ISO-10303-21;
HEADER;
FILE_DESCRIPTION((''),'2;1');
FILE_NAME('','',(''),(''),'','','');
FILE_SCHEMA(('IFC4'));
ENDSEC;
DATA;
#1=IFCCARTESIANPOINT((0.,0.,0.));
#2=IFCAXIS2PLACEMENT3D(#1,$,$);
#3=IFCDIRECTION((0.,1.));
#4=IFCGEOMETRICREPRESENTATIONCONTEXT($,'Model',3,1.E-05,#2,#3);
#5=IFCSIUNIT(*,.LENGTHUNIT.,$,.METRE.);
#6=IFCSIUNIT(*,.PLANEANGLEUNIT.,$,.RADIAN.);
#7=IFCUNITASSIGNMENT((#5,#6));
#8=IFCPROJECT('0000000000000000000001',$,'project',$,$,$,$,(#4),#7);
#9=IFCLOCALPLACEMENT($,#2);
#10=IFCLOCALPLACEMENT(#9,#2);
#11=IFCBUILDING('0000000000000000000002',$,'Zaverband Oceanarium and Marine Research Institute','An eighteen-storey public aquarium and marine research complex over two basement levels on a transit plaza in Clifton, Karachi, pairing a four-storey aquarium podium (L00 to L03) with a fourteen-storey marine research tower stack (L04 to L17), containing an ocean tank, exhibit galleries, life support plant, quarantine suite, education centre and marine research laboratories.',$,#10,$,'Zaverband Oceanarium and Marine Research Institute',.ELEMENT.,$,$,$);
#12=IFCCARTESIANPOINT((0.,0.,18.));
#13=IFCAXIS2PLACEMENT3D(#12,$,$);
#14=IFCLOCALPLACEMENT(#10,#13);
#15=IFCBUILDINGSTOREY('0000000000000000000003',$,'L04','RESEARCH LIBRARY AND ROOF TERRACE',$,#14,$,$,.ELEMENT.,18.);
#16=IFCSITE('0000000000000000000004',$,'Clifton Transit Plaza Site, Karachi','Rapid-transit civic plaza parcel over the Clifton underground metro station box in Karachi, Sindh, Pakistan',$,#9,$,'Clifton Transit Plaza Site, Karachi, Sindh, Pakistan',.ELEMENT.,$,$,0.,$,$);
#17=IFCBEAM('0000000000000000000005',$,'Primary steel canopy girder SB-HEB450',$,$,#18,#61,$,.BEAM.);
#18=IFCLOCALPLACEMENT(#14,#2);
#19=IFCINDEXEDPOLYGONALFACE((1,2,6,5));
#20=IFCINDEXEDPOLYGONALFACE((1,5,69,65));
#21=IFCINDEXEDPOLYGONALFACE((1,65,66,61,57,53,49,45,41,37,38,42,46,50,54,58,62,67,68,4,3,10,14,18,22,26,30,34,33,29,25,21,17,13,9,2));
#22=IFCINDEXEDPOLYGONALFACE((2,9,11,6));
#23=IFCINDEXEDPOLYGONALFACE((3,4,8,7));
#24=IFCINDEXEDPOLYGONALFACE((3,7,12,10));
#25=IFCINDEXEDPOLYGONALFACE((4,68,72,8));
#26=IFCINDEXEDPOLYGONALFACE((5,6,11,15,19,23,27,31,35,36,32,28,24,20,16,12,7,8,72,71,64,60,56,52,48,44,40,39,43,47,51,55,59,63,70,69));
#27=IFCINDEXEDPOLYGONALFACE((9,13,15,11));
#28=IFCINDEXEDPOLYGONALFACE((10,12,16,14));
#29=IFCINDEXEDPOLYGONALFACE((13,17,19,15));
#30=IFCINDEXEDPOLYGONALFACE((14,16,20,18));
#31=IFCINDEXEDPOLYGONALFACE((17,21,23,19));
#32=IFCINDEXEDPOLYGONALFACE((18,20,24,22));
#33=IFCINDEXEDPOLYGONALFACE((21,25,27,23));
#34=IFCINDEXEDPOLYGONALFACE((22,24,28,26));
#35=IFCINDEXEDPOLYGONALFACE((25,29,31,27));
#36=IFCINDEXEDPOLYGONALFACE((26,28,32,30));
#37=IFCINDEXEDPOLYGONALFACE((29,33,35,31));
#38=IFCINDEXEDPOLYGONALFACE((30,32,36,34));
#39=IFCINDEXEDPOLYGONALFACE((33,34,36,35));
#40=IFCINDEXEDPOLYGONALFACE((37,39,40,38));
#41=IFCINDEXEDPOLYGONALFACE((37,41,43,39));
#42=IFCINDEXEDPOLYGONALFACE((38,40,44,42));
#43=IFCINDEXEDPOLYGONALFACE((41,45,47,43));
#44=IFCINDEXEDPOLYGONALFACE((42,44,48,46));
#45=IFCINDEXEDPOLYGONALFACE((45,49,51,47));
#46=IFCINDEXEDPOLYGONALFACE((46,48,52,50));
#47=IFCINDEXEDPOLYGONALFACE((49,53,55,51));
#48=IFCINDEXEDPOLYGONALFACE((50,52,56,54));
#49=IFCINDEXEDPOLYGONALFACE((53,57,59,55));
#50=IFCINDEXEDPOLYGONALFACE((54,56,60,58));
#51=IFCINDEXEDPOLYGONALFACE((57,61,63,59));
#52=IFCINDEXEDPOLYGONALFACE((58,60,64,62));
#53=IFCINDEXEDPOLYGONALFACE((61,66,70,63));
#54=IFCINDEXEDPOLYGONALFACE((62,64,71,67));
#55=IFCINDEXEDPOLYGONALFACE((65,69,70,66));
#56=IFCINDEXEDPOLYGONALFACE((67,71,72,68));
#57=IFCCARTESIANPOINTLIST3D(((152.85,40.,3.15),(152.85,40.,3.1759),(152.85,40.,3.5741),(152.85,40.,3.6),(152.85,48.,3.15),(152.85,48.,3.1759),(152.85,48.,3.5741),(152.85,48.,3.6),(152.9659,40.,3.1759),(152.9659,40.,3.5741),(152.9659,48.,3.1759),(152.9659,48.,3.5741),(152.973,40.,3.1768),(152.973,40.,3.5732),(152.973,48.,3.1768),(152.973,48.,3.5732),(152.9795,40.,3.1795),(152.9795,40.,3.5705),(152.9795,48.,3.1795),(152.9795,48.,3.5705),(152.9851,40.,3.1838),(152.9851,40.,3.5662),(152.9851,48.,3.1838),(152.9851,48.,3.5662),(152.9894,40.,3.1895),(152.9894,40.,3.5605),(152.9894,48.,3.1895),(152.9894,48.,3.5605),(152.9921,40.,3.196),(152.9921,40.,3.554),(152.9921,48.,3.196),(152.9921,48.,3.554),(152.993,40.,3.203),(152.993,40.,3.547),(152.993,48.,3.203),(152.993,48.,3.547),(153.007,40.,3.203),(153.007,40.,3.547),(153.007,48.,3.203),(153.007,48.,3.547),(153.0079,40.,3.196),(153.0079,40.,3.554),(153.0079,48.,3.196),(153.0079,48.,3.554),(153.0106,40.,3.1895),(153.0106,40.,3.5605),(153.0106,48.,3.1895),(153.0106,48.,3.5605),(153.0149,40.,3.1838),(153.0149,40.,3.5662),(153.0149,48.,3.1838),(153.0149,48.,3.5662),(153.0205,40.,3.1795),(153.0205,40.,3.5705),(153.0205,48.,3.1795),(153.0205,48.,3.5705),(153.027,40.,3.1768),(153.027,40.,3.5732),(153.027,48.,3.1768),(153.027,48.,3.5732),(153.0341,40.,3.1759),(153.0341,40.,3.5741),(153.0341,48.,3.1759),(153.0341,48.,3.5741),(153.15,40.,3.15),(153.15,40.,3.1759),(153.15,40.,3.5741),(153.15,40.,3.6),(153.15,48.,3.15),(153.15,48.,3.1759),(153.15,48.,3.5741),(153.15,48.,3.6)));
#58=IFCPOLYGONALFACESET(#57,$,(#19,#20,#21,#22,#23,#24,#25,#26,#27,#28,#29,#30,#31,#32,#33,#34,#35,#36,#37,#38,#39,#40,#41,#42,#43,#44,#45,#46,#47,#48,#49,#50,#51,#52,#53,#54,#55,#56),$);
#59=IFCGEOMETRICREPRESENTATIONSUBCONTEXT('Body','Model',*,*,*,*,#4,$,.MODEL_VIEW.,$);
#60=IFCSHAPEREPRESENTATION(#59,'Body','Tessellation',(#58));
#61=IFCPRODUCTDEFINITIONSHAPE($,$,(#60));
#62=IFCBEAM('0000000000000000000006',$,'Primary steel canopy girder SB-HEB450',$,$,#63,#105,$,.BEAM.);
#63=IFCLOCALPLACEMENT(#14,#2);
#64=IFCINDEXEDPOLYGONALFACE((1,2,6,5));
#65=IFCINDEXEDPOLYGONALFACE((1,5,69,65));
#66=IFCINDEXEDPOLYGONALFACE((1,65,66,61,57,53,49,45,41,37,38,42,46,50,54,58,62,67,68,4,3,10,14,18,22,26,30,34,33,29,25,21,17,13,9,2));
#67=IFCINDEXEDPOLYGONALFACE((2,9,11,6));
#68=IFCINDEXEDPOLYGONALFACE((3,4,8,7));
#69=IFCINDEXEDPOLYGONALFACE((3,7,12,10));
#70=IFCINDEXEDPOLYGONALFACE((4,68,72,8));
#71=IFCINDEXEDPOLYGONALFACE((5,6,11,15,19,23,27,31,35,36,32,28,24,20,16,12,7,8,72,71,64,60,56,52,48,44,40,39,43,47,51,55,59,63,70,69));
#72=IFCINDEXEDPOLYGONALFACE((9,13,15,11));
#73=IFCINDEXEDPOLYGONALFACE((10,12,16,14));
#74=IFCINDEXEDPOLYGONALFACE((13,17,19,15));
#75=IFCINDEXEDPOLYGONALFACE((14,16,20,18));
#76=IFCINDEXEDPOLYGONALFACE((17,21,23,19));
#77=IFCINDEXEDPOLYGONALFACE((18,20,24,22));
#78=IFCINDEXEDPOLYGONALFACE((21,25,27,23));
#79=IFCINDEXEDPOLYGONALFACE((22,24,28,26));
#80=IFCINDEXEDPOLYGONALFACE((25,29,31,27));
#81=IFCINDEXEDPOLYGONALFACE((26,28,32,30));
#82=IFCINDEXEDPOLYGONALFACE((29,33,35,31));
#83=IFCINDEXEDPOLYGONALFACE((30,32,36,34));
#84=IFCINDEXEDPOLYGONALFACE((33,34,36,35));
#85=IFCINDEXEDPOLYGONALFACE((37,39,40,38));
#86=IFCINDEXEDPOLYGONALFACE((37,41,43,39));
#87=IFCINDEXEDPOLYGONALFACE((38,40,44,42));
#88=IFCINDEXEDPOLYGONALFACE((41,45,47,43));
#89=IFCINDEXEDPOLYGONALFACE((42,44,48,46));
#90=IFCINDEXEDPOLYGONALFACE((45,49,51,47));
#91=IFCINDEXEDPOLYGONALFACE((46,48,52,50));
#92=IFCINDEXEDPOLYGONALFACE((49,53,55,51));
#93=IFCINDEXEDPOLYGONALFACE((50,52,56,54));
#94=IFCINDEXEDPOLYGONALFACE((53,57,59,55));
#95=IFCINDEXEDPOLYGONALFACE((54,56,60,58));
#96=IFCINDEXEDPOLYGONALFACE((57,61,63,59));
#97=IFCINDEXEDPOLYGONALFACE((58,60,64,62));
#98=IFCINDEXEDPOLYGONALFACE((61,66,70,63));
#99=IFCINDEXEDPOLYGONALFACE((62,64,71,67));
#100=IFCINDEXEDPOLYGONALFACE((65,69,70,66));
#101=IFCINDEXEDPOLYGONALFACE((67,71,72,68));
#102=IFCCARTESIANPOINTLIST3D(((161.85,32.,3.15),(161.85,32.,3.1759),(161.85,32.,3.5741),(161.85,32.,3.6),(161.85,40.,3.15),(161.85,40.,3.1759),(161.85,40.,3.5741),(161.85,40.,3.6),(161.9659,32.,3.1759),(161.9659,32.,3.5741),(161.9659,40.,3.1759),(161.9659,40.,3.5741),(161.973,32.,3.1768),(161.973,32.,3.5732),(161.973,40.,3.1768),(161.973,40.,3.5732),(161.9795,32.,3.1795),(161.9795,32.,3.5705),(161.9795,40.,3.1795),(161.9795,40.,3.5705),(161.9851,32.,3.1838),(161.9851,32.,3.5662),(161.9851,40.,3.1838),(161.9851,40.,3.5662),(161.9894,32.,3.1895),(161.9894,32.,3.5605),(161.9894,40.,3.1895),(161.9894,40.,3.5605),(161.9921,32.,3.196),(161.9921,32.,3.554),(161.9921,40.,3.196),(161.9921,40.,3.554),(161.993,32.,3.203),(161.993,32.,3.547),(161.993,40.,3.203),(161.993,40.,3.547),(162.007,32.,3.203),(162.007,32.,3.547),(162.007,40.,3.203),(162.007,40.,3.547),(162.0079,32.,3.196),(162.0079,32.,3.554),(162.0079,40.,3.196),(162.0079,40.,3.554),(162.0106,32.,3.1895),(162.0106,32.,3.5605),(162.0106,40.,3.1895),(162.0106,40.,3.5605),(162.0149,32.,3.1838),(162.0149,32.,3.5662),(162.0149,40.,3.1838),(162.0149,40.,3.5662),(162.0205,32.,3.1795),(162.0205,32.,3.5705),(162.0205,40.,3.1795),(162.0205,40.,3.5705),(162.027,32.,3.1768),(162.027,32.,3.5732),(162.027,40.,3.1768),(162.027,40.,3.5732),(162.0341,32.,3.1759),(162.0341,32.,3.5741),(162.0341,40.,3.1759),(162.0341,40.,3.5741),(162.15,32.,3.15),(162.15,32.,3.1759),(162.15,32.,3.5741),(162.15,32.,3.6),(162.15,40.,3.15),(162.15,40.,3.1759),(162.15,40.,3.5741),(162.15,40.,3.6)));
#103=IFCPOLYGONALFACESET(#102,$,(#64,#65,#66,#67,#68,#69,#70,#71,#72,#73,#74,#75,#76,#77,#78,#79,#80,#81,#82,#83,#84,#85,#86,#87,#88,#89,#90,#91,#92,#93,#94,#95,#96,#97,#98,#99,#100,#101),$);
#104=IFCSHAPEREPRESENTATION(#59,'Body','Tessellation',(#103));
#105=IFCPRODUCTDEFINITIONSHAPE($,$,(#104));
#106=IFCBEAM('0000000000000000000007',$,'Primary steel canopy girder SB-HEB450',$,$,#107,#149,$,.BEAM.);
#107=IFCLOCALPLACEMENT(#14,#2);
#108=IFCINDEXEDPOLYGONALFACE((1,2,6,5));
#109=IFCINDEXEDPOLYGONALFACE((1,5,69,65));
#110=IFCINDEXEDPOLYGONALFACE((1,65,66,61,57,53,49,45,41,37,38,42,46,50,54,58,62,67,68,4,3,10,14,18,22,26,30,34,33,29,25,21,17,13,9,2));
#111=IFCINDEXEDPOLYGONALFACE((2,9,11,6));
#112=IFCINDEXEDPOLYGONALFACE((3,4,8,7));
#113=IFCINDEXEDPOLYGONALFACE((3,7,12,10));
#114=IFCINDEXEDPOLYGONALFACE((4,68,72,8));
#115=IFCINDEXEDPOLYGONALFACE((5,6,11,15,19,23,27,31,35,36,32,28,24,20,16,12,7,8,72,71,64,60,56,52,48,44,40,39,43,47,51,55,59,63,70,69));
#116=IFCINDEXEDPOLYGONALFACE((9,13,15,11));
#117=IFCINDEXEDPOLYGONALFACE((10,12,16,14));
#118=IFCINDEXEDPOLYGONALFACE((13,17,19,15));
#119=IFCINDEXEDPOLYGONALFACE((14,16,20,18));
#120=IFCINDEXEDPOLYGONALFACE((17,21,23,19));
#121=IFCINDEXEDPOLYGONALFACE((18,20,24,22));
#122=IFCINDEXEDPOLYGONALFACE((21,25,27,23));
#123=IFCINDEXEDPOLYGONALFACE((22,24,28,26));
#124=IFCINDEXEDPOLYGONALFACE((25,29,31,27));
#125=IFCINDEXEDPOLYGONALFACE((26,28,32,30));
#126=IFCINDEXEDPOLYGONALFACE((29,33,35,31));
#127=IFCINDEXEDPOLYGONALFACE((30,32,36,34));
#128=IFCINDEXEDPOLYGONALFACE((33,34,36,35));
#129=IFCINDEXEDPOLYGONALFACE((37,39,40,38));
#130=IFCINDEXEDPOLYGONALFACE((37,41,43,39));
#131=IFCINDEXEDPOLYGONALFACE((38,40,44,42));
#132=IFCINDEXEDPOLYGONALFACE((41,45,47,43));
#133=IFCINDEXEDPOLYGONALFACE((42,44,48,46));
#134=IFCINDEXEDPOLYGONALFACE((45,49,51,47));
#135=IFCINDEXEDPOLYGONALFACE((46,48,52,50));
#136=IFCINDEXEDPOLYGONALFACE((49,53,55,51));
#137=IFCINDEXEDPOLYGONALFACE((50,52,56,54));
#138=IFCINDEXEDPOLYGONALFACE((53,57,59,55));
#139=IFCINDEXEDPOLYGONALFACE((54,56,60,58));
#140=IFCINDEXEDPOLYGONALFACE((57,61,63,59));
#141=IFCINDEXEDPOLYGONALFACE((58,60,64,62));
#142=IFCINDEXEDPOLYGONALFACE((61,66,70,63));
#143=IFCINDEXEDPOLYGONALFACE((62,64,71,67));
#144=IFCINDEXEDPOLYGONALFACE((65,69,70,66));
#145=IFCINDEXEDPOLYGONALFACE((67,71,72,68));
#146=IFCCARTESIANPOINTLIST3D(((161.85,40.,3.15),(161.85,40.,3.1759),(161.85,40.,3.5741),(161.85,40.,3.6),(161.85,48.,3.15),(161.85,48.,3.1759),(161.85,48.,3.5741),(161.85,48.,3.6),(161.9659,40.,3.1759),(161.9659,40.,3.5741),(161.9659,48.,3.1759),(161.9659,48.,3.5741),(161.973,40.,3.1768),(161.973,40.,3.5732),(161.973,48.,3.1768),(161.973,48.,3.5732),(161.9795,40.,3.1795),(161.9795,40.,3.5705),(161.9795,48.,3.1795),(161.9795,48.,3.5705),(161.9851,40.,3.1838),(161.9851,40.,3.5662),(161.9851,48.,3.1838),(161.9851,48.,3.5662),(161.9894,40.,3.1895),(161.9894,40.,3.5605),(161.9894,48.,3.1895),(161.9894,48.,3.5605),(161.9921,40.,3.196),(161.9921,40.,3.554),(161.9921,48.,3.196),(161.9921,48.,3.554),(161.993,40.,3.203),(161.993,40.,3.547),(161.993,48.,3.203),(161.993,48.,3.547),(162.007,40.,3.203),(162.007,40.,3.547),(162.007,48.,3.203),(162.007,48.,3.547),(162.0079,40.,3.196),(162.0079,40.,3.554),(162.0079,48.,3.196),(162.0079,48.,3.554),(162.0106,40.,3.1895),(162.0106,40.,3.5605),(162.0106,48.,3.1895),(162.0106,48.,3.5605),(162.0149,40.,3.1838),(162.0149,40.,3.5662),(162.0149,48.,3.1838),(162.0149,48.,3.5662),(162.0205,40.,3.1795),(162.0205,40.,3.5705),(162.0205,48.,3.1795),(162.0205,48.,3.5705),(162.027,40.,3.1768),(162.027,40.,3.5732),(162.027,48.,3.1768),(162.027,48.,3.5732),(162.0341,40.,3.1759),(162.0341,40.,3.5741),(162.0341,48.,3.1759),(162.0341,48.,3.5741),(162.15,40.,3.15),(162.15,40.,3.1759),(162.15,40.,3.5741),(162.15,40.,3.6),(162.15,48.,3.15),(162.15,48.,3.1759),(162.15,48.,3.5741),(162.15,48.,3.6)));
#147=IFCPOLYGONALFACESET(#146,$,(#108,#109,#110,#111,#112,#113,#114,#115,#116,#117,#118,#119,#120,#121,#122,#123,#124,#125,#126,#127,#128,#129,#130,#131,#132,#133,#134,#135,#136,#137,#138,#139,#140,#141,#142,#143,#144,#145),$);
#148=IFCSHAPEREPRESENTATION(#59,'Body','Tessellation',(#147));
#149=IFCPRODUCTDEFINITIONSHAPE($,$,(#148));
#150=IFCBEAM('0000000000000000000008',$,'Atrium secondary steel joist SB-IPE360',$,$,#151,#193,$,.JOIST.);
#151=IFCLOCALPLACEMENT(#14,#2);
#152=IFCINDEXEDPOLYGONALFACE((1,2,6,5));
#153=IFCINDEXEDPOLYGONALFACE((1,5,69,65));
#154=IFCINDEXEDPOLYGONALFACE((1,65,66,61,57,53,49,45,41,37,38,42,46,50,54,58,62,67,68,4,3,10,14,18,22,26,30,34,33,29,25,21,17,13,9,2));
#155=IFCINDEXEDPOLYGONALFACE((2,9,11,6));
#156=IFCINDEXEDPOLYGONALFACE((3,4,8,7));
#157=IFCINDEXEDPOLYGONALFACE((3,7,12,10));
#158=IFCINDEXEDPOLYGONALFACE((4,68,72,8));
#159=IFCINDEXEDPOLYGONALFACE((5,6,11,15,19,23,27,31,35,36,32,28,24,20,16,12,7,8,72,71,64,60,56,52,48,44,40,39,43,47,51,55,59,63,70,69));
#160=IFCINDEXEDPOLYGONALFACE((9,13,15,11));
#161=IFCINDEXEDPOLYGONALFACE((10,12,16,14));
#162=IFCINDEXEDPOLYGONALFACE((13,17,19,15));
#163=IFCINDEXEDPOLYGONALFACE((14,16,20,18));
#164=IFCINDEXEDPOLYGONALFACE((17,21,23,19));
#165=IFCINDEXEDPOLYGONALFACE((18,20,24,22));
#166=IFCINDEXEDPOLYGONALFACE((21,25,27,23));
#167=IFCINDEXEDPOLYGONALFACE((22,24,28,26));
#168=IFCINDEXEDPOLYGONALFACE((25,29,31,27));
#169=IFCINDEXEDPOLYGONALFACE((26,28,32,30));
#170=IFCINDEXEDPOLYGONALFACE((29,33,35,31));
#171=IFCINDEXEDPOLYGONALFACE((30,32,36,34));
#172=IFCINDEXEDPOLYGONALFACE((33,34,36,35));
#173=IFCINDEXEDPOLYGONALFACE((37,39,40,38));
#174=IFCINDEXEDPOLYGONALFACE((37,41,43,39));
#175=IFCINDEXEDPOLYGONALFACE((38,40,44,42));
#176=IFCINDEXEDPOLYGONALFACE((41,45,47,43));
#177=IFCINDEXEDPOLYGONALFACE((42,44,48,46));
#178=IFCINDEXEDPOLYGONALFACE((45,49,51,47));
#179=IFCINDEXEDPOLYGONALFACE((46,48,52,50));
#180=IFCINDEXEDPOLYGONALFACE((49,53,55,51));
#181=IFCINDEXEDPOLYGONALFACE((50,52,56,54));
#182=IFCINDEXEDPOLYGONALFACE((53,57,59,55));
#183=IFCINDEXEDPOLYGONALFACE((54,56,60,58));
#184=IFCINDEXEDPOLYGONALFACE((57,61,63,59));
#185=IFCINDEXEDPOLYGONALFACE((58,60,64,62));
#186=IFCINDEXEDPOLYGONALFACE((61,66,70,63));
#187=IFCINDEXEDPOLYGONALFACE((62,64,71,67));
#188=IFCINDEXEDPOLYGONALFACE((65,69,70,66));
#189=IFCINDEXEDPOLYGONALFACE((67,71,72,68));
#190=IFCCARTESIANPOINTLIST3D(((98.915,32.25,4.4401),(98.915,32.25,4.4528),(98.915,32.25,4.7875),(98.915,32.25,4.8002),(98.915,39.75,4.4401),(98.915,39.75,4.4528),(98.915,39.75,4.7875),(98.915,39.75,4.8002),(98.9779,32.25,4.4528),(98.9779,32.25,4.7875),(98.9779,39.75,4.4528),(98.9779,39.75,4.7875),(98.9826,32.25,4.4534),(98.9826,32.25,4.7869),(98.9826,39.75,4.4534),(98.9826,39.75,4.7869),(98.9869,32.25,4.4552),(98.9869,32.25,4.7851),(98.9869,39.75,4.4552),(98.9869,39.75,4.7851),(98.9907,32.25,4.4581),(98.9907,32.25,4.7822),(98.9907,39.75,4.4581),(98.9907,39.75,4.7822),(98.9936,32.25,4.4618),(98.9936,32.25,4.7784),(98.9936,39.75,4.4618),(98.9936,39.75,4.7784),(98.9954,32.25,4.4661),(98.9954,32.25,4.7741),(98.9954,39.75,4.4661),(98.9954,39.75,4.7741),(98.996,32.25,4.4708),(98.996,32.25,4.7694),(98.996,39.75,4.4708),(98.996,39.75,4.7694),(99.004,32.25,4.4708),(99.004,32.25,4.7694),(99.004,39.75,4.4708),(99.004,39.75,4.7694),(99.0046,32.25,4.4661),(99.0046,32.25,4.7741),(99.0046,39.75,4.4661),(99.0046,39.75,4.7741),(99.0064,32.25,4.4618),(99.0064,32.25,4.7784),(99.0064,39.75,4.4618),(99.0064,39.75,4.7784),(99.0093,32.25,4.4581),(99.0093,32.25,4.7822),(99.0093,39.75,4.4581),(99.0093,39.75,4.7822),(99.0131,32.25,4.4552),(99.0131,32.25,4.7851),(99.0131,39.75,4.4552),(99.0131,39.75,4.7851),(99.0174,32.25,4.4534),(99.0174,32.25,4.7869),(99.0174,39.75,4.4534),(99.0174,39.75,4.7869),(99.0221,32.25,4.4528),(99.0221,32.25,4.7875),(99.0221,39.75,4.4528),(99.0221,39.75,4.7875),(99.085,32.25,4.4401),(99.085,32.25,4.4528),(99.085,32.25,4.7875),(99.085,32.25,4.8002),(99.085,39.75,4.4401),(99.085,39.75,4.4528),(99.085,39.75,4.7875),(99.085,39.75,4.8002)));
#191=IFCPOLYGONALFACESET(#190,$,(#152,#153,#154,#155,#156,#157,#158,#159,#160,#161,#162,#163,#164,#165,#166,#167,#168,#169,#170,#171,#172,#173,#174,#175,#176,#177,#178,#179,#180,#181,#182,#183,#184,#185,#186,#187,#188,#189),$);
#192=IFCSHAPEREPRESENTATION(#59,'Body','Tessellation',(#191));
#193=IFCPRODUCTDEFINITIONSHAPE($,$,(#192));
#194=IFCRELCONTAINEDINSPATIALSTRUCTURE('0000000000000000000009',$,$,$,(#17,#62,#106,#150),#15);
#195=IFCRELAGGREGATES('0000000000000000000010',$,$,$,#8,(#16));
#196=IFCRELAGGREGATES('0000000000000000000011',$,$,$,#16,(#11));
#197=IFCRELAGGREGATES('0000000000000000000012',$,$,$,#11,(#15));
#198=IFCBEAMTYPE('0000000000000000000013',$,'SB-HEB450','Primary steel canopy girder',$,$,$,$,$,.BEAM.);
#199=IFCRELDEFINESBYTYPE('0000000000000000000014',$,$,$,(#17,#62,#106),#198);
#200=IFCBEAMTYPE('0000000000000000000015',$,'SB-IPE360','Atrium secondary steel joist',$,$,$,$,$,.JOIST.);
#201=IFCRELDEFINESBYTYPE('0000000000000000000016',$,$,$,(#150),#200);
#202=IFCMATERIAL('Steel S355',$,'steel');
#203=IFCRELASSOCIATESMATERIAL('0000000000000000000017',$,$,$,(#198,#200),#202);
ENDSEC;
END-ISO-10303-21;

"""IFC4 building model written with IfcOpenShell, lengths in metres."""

from ifc_helpers import new_model, si_unit, direction, frame, origin, origin_2d, place, context, subcontext, project, spatial, i_section, extrude, material, material_profile, profile_set, type_object, element, save


model = new_model("IFC4")

# Units and contexts
model_context = context("Model", 3, precision=1e-05, world=origin(), true_north=direction((0.0, 1.0)))
body_context = subcontext(model_context, "Body", "Model", "MODEL_VIEW")
ifc_project = project(units=[si_unit("LENGTHUNIT", "METRE"), si_unit("PLANEANGLEUNIT", "RADIAN")], contexts=[model_context])

# Site, building, storey
site_placement = place(None, origin())
site = spatial("IfcSite", under=ifc_project, at=site_placement, Name="Clifton Transit Plaza Site, Karachi", Description="Rapid-transit civic plaza parcel over the Clifton underground metro station box in Karachi, Sindh, Pakistan", LongName="Clifton Transit Plaza Site, Karachi, Sindh, Pakistan", CompositionType="ELEMENT", RefElevation=0.0)
building_placement = place(site_placement, origin())
building = spatial("IfcBuilding", under=site, at=building_placement, Name="Zaverband Oceanarium and Marine Research Institute", Description="An eighteen-storey public aquarium and marine research complex over two basement levels on a transit plaza in Clifton, Karachi, pairing a four-storey aquarium podium (L00 to L03) with a fourteen-storey marine research tower stack (L04 to L17), containing an ocean tank, exhibit galleries, life support plant, quarantine suite, education centre and marine research laboratories.", LongName="Zaverband Oceanarium and Marine Research Institute", CompositionType="ELEMENT")
storey_placement = place(building_placement, frame((0.0, 0.0, 18.0)))
storey = spatial("IfcBuildingStorey", under=building, at=storey_placement, Name="L04", Description="RESEARCH LIBRARY AND ROOF TERRACE", CompositionType="ELEMENT", Elevation=18.0)

# Beams
ifc_material_1 = material(Name="Steel S355", Category="steel")
ifc_material_profile_1 = material_profile(ifc_material_1, i_section(OverallWidth=0.3, OverallDepth=0.45, WebThickness=0.0139, FlangeThickness=0.0259, FilletRadius=0.0271, at=origin_2d()), Name="HEB450")
ifc_profile_set_1 = profile_set([ifc_material_profile_1], Name="Steel S355")
beam_type_1 = type_object("IfcBeamType", Name="SB-HEB450", Description="Primary steel canopy girder", PredefinedType="BEAM", material=ifc_profile_set_1)
for number, where, z_axis, x_axis, name in (
    (1, (153.0, 40.0, 3.375), (0.0, 1.0, 0.0), (-1.0, 0.0, 0.0), "Primary steel canopy girder SB-HEB450"),
    (2, (162.0, 32.0, 3.375), (0.0, 1.0, 0.0), (-1.0, 0.0, 0.0), "Primary steel canopy girder SB-HEB450"),
    (3, (162.0, 40.0, 3.375), (0.0, 1.0, 0.0), (-1.0, 0.0, 0.0), "Primary steel canopy girder SB-HEB450"),
):
    element("IfcBeam", number, at=place(storey_placement, frame(where, z_axis=z_axis, x_axis=x_axis)), inside=storey, type_object=beam_type_1, Name=name, PredefinedType="BEAM", context=body_context, shape_type="SweptSolid", body=[
        extrude(i_section(OverallWidth=0.3, OverallDepth=0.45, WebThickness=0.0139, FlangeThickness=0.0259, FilletRadius=0.0271, at=origin_2d()), origin(), (0.0, 0.0, 1.0), 8.0),
    ])
ifc_material_profile_2 = material_profile(ifc_material_1, i_section(OverallWidth=0.1699, OverallDepth=0.3601, WebThickness=0.0081, FlangeThickness=0.0127, FilletRadius=0.0181, at=origin_2d()), Name="IPE360")
ifc_profile_set_2 = profile_set([ifc_material_profile_2], Name="Steel S355")
beam_type_2 = type_object("IfcBeamType", Name="SB-IPE360", Description="Atrium secondary steel joist", PredefinedType="JOIST", material=ifc_profile_set_2)
beam_1_placement = place(storey_placement, frame((99.0, 32.25, 4.6201), z_axis=(0.0, 1.0, 0.0), x_axis=(-1.0, 0.0, 0.0)))
element("IfcBeam", 4, at=beam_1_placement, inside=storey, type_object=beam_type_2, Name="Atrium secondary steel joist SB-IPE360", PredefinedType="JOIST", context=body_context, shape_type="SweptSolid", body=[
    extrude(i_section(OverallWidth=0.1699, OverallDepth=0.3601, WebThickness=0.0081, FlangeThickness=0.0127, FilletRadius=0.0181, at=origin_2d()), origin(), (0.0, 0.0, 1.0), 7.5),
])

save(model, "model.ifc")
